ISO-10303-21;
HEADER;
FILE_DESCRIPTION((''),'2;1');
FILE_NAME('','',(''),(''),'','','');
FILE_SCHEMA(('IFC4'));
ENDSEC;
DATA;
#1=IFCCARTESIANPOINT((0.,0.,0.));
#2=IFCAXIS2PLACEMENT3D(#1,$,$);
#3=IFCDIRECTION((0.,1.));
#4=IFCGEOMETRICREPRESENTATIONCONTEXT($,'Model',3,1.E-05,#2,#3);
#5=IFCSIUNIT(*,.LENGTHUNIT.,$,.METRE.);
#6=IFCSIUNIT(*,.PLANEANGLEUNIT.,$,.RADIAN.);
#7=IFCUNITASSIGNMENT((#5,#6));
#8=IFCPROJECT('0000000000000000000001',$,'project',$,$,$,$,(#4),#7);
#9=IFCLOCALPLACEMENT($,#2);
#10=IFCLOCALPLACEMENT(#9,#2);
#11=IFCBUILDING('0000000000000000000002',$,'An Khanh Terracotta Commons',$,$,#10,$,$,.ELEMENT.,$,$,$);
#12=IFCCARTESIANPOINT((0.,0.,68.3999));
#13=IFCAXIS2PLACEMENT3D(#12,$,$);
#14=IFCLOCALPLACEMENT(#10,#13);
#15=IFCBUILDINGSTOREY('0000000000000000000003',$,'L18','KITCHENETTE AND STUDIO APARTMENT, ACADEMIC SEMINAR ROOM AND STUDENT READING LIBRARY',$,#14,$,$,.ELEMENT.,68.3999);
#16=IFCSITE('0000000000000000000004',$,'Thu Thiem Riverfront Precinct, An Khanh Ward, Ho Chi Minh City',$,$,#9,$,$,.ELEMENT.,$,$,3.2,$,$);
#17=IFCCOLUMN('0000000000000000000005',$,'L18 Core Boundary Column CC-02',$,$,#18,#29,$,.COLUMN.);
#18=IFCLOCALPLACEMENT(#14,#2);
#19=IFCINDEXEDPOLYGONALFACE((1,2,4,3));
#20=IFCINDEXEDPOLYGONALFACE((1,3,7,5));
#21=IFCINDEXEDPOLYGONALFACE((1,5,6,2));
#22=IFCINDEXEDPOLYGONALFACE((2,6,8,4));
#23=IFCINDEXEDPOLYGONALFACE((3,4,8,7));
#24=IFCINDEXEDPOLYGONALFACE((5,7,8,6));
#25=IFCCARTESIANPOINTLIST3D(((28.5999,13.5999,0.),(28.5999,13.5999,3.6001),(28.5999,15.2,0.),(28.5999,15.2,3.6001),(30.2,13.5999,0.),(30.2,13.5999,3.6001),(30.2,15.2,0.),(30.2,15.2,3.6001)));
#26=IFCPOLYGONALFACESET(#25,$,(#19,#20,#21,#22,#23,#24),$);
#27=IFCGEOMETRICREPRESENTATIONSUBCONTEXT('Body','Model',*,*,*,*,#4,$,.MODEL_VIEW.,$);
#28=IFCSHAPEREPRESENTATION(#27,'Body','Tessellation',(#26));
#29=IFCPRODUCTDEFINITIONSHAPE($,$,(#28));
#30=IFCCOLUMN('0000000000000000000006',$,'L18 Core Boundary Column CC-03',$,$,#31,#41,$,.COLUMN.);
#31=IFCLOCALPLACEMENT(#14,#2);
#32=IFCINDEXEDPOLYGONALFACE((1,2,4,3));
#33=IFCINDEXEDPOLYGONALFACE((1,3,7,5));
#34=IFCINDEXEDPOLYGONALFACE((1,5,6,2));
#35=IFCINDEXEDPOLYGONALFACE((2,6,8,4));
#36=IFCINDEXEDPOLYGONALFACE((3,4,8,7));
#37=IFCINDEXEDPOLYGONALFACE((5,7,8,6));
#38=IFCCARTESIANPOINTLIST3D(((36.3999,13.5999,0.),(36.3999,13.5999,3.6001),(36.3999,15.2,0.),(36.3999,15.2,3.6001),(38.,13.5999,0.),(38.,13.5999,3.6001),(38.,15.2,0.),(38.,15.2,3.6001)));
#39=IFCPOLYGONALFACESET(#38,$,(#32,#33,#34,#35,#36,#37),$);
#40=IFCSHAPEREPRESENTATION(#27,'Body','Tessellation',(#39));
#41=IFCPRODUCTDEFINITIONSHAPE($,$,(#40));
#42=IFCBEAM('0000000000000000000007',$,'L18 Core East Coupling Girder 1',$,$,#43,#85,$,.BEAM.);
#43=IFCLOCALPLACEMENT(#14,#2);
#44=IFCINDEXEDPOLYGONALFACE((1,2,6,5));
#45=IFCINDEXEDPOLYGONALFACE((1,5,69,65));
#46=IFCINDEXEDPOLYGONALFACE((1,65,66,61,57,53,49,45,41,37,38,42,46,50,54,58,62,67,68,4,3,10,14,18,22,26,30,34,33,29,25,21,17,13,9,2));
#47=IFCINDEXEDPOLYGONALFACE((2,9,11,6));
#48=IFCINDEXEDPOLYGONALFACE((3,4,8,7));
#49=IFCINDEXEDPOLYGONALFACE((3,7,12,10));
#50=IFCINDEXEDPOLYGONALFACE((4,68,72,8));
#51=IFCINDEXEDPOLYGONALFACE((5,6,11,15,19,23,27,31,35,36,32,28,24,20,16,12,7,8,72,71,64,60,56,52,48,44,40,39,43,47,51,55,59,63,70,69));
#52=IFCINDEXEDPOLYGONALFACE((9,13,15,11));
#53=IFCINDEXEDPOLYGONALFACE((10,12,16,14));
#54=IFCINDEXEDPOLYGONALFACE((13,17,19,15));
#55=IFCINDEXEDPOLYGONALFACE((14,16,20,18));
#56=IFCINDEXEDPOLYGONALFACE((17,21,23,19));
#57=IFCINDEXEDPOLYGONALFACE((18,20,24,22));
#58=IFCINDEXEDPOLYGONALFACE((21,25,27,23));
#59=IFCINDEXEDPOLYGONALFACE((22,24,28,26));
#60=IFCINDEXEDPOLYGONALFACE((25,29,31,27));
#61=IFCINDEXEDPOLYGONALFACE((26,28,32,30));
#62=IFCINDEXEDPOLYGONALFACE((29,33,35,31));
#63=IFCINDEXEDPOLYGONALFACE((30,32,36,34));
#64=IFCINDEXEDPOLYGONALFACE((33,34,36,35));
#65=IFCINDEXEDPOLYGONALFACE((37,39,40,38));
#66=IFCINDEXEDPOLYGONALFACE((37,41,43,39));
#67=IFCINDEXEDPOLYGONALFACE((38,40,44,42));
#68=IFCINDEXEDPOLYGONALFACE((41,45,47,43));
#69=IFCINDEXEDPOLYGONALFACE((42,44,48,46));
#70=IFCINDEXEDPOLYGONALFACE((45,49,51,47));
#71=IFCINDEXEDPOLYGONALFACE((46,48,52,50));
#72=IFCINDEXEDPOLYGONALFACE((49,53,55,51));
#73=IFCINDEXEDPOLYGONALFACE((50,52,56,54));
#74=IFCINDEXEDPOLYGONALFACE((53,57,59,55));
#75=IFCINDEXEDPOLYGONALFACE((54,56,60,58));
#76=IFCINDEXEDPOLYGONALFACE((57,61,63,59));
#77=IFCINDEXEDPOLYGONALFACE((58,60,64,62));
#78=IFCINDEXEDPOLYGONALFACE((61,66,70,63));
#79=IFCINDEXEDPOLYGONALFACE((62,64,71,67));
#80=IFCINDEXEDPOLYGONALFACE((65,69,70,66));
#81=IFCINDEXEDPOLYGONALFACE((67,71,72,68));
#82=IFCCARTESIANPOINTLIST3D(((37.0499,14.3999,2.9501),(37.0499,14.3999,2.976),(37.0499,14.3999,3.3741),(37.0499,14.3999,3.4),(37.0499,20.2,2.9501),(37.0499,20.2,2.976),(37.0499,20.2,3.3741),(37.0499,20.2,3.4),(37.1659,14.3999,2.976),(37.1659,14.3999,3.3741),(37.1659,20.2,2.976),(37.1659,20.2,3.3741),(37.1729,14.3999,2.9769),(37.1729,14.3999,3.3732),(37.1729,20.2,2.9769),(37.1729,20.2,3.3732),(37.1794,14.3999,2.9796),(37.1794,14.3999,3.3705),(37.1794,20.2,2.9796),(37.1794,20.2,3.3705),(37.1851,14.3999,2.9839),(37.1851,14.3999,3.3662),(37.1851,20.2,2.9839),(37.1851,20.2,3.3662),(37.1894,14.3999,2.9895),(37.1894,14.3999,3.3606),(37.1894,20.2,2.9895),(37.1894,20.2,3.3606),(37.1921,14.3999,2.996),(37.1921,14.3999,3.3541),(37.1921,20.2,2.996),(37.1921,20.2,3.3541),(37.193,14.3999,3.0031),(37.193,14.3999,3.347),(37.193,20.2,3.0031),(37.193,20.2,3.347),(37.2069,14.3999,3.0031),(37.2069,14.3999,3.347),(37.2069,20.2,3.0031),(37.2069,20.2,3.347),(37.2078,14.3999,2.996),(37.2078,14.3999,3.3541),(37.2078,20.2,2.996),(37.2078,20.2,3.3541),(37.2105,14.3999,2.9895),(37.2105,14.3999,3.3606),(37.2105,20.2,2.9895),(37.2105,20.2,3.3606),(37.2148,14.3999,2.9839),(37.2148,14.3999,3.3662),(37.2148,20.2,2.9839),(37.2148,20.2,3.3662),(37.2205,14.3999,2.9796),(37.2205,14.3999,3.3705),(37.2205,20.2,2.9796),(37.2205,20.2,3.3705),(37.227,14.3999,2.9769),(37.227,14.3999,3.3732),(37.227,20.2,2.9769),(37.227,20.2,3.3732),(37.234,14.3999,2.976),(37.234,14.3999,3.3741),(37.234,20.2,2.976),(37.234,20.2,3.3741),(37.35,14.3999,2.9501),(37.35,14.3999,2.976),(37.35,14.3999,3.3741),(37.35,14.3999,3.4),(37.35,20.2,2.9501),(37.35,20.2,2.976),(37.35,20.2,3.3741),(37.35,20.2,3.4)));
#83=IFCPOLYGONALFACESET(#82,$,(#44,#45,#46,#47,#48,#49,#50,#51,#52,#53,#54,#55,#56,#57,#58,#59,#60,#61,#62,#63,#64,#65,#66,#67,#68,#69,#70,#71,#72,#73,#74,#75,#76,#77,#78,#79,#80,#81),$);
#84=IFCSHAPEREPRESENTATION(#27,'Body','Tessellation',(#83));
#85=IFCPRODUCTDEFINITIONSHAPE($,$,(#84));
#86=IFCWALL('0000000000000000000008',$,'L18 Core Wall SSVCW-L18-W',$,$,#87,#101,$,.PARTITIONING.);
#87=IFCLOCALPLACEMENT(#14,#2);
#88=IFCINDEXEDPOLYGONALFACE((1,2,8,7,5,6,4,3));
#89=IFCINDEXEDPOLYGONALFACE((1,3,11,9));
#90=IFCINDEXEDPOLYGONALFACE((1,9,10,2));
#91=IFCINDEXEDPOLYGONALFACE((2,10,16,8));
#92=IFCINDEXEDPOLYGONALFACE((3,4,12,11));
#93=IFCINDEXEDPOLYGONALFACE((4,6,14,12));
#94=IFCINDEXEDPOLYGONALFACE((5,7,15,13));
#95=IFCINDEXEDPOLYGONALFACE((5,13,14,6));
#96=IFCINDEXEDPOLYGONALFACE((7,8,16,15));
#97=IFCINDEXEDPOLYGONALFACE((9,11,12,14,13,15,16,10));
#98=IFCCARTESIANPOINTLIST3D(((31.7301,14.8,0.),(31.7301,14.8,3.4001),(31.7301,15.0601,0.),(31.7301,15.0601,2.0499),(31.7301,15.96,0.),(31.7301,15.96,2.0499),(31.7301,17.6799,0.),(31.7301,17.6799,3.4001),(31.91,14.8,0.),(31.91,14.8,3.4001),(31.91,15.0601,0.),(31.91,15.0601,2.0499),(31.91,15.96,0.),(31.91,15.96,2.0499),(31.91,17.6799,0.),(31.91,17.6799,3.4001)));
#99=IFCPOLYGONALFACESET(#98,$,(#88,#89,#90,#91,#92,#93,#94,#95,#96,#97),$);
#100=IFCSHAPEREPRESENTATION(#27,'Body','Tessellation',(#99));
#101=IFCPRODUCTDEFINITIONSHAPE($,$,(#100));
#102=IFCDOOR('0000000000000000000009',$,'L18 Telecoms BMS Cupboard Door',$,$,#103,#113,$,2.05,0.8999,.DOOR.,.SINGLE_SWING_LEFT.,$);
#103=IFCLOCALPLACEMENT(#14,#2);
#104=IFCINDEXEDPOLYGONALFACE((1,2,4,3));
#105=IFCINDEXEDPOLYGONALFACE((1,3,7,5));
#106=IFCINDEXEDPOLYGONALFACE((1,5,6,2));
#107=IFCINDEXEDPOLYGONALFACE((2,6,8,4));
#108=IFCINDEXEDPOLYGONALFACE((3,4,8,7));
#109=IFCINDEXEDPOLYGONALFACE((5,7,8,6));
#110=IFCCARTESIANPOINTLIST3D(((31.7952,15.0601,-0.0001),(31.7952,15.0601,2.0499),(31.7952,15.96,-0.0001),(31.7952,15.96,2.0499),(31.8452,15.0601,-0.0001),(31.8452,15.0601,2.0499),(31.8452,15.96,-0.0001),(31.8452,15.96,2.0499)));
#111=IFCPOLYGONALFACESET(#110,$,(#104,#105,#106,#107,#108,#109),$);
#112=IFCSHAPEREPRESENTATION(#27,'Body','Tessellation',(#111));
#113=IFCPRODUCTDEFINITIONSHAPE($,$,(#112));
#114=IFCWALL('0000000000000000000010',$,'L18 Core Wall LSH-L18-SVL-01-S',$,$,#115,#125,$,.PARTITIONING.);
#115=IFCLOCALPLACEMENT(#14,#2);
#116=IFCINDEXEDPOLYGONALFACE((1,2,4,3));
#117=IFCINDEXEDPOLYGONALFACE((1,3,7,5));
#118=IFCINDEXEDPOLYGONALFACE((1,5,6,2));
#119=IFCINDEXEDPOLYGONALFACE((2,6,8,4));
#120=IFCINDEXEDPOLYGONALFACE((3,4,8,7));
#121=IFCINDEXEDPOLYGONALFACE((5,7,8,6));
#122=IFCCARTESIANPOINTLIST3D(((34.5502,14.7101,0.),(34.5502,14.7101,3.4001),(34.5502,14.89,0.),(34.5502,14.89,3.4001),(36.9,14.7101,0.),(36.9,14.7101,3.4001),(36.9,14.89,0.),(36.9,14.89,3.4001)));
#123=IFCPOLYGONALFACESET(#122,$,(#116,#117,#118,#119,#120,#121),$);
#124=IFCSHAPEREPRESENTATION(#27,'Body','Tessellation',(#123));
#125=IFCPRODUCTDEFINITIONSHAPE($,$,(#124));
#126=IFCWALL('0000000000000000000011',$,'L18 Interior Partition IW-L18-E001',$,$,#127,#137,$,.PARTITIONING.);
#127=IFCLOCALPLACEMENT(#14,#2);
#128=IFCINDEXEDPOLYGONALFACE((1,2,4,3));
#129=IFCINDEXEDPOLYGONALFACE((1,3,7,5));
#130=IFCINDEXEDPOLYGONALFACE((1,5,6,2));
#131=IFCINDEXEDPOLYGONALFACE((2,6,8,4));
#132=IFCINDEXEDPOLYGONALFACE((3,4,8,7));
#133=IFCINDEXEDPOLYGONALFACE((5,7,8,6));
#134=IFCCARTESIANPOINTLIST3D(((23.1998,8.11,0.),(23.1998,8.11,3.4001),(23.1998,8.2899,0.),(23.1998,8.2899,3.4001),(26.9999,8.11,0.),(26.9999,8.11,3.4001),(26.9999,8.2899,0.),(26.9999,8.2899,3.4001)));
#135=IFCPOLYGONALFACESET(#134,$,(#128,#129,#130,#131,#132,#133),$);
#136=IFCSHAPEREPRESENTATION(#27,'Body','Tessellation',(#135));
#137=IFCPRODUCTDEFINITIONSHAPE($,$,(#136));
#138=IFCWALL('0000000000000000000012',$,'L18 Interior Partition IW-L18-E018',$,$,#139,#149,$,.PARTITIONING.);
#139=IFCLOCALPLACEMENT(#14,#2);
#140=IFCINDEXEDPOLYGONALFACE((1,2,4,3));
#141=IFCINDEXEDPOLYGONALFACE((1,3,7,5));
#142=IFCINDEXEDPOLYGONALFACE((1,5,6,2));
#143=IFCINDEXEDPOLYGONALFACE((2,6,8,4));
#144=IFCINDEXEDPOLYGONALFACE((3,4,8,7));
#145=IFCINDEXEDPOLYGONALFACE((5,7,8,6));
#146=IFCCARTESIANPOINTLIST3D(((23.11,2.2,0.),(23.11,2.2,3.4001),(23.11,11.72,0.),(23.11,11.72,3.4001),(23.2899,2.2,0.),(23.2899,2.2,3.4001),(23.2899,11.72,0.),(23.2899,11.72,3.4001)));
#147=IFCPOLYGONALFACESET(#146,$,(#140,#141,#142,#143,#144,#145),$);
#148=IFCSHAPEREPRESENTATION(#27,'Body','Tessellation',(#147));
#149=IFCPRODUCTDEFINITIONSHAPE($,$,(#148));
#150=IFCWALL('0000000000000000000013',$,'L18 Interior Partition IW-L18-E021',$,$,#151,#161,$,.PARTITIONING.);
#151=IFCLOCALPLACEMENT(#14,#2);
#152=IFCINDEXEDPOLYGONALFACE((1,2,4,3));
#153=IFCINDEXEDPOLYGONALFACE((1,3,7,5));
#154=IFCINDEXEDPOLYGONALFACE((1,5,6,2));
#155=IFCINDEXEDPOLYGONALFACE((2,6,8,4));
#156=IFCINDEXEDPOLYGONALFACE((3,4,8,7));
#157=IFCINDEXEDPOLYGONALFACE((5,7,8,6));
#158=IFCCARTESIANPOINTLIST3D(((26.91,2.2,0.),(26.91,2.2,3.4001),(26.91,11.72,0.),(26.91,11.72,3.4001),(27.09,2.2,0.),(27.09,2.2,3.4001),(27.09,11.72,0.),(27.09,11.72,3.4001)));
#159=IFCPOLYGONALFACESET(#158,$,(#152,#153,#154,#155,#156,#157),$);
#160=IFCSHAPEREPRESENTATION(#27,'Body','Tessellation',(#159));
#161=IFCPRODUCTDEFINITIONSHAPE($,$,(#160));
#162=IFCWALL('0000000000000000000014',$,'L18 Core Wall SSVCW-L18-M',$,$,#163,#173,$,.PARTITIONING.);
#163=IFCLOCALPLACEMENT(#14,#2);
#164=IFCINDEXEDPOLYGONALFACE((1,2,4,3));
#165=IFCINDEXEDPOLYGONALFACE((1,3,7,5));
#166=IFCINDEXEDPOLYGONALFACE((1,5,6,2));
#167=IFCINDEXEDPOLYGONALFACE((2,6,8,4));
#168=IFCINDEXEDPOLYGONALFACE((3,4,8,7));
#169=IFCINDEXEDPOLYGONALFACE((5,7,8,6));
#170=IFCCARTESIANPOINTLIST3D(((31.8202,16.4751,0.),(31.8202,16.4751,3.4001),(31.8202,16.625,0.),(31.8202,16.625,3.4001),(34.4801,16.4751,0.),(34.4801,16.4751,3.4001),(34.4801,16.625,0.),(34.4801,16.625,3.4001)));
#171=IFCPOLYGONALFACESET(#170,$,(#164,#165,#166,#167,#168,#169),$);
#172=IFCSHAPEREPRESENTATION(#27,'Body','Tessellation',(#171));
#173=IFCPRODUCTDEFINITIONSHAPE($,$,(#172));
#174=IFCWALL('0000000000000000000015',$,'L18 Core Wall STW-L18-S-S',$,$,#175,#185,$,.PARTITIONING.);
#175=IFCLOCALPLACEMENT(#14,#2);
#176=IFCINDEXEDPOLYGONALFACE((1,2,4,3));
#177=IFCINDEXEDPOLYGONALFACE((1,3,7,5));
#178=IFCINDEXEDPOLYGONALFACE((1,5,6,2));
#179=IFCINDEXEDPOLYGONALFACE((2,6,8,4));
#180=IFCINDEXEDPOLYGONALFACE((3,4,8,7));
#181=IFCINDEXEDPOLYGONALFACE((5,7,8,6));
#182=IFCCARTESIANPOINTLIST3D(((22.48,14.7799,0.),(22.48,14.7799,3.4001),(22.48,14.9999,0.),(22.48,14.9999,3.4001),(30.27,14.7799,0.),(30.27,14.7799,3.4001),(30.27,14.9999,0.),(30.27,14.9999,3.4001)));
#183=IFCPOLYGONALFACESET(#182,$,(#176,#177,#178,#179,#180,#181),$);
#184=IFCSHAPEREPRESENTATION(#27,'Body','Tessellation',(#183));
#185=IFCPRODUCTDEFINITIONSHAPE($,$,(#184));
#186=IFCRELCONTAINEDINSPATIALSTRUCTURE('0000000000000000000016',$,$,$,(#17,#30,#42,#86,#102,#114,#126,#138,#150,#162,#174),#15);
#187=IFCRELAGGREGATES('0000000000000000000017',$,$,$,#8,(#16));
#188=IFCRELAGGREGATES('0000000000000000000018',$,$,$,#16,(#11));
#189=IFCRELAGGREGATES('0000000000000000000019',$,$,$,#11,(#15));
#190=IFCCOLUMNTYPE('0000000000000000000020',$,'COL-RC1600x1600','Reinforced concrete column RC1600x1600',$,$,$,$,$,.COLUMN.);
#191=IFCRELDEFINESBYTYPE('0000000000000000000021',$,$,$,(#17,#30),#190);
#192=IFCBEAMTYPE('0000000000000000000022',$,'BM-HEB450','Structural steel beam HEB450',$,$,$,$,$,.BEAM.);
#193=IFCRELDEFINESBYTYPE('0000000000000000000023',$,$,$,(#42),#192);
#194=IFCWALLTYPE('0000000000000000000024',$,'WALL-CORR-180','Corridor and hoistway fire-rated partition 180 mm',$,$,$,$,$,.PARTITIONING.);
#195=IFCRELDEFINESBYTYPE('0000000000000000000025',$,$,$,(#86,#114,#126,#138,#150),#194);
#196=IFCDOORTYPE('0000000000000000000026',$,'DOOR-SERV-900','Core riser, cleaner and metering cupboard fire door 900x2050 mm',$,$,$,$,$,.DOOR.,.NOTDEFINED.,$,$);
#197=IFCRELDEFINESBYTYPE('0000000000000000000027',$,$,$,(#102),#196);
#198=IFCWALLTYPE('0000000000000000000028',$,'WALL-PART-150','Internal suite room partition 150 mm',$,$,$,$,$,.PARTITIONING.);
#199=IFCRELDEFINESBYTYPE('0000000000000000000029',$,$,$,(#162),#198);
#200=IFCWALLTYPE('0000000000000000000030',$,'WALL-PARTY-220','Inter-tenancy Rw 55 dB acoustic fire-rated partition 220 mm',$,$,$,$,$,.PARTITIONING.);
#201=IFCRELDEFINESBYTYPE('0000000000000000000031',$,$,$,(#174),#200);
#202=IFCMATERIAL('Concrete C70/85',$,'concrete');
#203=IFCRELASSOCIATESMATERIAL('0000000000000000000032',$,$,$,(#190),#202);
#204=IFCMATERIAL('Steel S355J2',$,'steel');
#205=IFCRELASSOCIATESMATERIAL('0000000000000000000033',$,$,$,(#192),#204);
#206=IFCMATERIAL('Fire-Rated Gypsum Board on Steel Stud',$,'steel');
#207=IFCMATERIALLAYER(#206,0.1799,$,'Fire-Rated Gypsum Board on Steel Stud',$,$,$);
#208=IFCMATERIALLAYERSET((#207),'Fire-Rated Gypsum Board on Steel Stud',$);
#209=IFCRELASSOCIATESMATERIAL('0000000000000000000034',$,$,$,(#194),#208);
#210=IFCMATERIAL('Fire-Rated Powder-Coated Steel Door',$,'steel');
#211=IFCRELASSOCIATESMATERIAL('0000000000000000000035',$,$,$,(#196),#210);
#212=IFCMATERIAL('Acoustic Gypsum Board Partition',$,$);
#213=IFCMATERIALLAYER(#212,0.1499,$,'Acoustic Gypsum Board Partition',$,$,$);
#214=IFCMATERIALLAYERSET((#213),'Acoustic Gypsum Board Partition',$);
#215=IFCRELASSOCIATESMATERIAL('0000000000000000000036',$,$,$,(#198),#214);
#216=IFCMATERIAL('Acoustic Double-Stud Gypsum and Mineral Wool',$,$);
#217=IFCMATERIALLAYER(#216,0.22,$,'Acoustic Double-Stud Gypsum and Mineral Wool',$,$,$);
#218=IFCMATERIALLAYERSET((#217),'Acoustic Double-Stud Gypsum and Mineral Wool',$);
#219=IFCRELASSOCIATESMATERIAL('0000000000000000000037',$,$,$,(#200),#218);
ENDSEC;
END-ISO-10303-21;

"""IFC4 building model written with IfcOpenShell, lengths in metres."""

from ifc_helpers import new_model, si_unit, direction, frame, frame_2d, origin, origin_2d, place, context, subcontext, project, spatial, rectangle, i_section, extrude, material, layer, layer_set, material_profile, profile_set, type_object, element, fill, save


model = new_model("IFC4")

# Units and contexts
model_context = context("Model", 3, precision=1e-05, world=origin(), true_north=direction((0.0, 1.0)))
body_context = subcontext(model_context, "Body", "Model", "MODEL_VIEW")
ifc_project = project(units=[si_unit("LENGTHUNIT", "METRE"), si_unit("PLANEANGLEUNIT", "RADIAN")], contexts=[model_context])

# Site, building, storey
site_placement = place(None, origin())
site = spatial("IfcSite", under=ifc_project, at=site_placement, Name="Thu Thiem Riverfront Precinct, An Khanh Ward, Ho Chi Minh City", CompositionType="ELEMENT", RefElevation=3.2)
building_placement = place(site_placement, origin())
building = spatial("IfcBuilding", under=site, at=building_placement, Name="An Khanh Terracotta Commons", CompositionType="ELEMENT")
storey_placement = place(building_placement, frame((0.0, 0.0, 68.3999)))
storey = spatial("IfcBuildingStorey", under=building, at=storey_placement, Name="L18", Description="KITCHENETTE AND STUDIO APARTMENT, ACADEMIC SEMINAR ROOM AND STUDENT READING LIBRARY", CompositionType="ELEMENT", Elevation=68.3999)

# Columns
ifc_material_1 = material(Name="Concrete C70/85", Category="concrete")
ifc_material_profile_1 = material_profile(ifc_material_1, rectangle(XDim=1.6001, YDim=1.6001, at=origin_2d()), Name="RC1600x1600")
ifc_profile_set_1 = profile_set([ifc_material_profile_1], Name="Concrete C70/85")
column_type = type_object("IfcColumnType", Name="COL-RC1600x1600", Description="Reinforced concrete column RC1600x1600", PredefinedType="COLUMN", material=ifc_profile_set_1)
for number, where, z_axis, x_axis, name in (
    (1, (29.3999, 14.3999, 0.0), (0.0, 0.0, 1.0), (1.0, 0.0, 0.0), "L18 Core Boundary Column CC-02"),
    (2, (37.2, 14.3999, 0.0), (0.0, 0.0, 1.0), (1.0, 0.0, 0.0), "L18 Core Boundary Column CC-03"),
):
    element("IfcColumn", number, at=place(storey_placement, frame(where, z_axis=z_axis, x_axis=x_axis)), inside=storey, type_object=column_type, Name=name, PredefinedType="COLUMN", context=body_context, shape_type="SweptSolid", body=[
        extrude(rectangle(XDim=1.6001, YDim=1.6001, at=origin_2d()), origin(), (0.0, 0.0, 1.0), 3.6001),
    ])

# Beam
ifc_material_2 = material(Name="Steel S355J2", Category="steel")
ifc_material_profile_2 = material_profile(ifc_material_2, i_section(OverallWidth=0.3, OverallDepth=0.45, WebThickness=0.0139, FlangeThickness=0.0259, FilletRadius=0.0271, at=origin_2d()), Name="HEB450")
ifc_profile_set_2 = profile_set([ifc_material_profile_2], Name="Steel S355J2")
beam_type = type_object("IfcBeamType", Name="BM-HEB450", Description="Structural steel beam HEB450", PredefinedType="BEAM", material=ifc_profile_set_2)
beam_placement = place(storey_placement, frame((37.2, 14.3999, 3.175), z_axis=(0.0, 1.0, 0.0), x_axis=(-1.0, 0.0, 0.0)))
element("IfcBeam", 3, at=beam_placement, inside=storey, type_object=beam_type, Name="L18 Core East Coupling Girder 1", PredefinedType="BEAM", context=body_context, shape_type="SweptSolid", body=[
    extrude(i_section(OverallWidth=0.3, OverallDepth=0.45, WebThickness=0.0139, FlangeThickness=0.0259, FilletRadius=0.0271, at=origin_2d()), origin(), (0.0, 0.0, 1.0), 5.8),
])

# Wall, opening, door
ifc_material_3 = material(Name="Fire-Rated Gypsum Board on Steel Stud", Category="steel")
ifc_layer_1 = layer(ifc_material_3, 0.1799, Name="Fire-Rated Gypsum Board on Steel Stud")
ifc_layer_set_1 = layer_set([ifc_layer_1], Name="Fire-Rated Gypsum Board on Steel Stud")
wall_type_1 = type_object("IfcWallType", Name="WALL-CORR-180", Description="Corridor and hoistway fire-rated partition 180 mm", PredefinedType="PARTITIONING", material=ifc_layer_set_1)
wall_1_placement = place(storey_placement, frame((31.8201, 14.8, 0.0), z_axis=(0.0, 0.0, 1.0), x_axis=(0.0, 1.0, 0.0)))
wall_1 = element("IfcWall", 4, at=wall_1_placement, inside=storey, type_object=wall_type_1, Name="L18 Core Wall SSVCW-L18-W", PredefinedType="PARTITIONING", context=body_context, shape_type="SweptSolid", body=[
    extrude(rectangle(XDim=2.8799, YDim=0.1799, at=frame_2d((1.4399, 0.0))), origin(), (0.0, 0.0, 1.0), 3.4001),
])
opening_1_placement = place(wall_1_placement, frame((0.26, 0.0, 0.0)))
opening_1 = element("IfcOpeningElement", 5, at=opening_1_placement, cuts=wall_1, PredefinedType="OPENING", context=body_context, shape_type="SweptSolid", body=[
    extrude(rectangle(XDim=0.8999, YDim=2.05, at=frame_2d((0.45, 1.0249))), frame((0.0, 0.0999, 0.0), z_axis=(0.0, -1.0, 0.0), x_axis=(1.0, 0.0, 0.0)), (0.0, 0.0, 1.0), 0.2),
])
ifc_material_4 = material(Name="Fire-Rated Powder-Coated Steel Door", Category="steel")
door_type_1 = type_object("IfcDoorType", Name="DOOR-SERV-900", Description="Core riser, cleaner and metering cupboard fire door 900x2050 mm", OperationType="NOTDEFINED", PredefinedType="DOOR", material=ifc_material_4)
door_1_placement = place(opening_1_placement, origin())
door_1 = element("IfcDoor", 6, at=door_1_placement, inside=storey, type_object=door_type_1, Name="L18 Telecoms BMS Cupboard Door", OperationType="SINGLE_SWING_LEFT", OverallHeight=2.05, OverallWidth=0.8999, PredefinedType="DOOR", context=body_context, shape_type="SweptSolid", body=[
    extrude(rectangle(XDim=0.8999, YDim=2.05, at=frame_2d((0.45, 1.0249))), frame((0.0, 0.0249, 0.0), z_axis=(0.0, -1.0, 0.0), x_axis=(1.0, 0.0, 0.0)), (0.0, 0.0, 1.0), 0.05),
])
fill(opening_1, door_1)

# Walls
wall_2_placement = place(storey_placement, frame((36.8999, 14.8, 0.0), z_axis=(0.0, 0.0, 1.0), x_axis=(-1.0, 0.0, 0.0)))
element("IfcWall", 7, at=wall_2_placement, inside=storey, type_object=wall_type_1, Name="L18 Core Wall LSH-L18-SVL-01-S", PredefinedType="PARTITIONING", context=body_context, shape_type="SweptSolid", body=[
    extrude(rectangle(XDim=2.3499, YDim=0.1799, at=frame_2d((1.1748, 0.0))), origin(), (0.0, 0.0, 1.0), 3.4001),
])
wall_3_placement = place(storey_placement, frame((23.2, 8.2, 0.0), z_axis=(0.0, 0.0, 1.0), x_axis=(1.0, 0.0, 0.0)))
element("IfcWall", 8, at=wall_3_placement, inside=storey, type_object=wall_type_1, Name="L18 Interior Partition IW-L18-E001", PredefinedType="PARTITIONING", context=body_context, shape_type="SweptSolid", body=[
    extrude(rectangle(XDim=3.8, YDim=0.1799, at=frame_2d((1.8999, 0.0))), origin(), (0.0, 0.0, 1.0), 3.4001),
])
for number, where, z_axis, x_axis, name in (
    (9, (23.2, 2.2, 0.0), (0.0, 0.0, 1.0), (0.0, 1.0, 0.0), "L18 Interior Partition IW-L18-E018"),
    (10, (27.0, 2.2, 0.0), (0.0, 0.0, 1.0), (0.0, 1.0, 0.0), "L18 Interior Partition IW-L18-E021"),
):
    element("IfcWall", number, at=place(storey_placement, frame(where, z_axis=z_axis, x_axis=x_axis)), inside=storey, type_object=wall_type_1, Name=name, PredefinedType="PARTITIONING", context=body_context, shape_type="SweptSolid", body=[
        extrude(rectangle(XDim=9.52, YDim=0.1799, at=frame_2d((4.76, 0.0))), origin(), (0.0, 0.0, 1.0), 3.4001),
    ])
ifc_material_5 = material(Name="Acoustic Gypsum Board Partition")
ifc_layer_2 = layer(ifc_material_5, 0.1499, Name="Acoustic Gypsum Board Partition")
ifc_layer_set_2 = layer_set([ifc_layer_2], Name="Acoustic Gypsum Board Partition")
wall_type_2 = type_object("IfcWallType", Name="WALL-PART-150", Description="Internal suite room partition 150 mm", PredefinedType="PARTITIONING", material=ifc_layer_set_2)
wall_4_placement = place(storey_placement, frame((31.8201, 16.55, 0.0), z_axis=(0.0, 0.0, 1.0), x_axis=(1.0, 0.0, 0.0)))
element("IfcWall", 11, at=wall_4_placement, inside=storey, type_object=wall_type_2, Name="L18 Core Wall SSVCW-L18-M", PredefinedType="PARTITIONING", context=body_context, shape_type="SweptSolid", body=[
    extrude(rectangle(XDim=2.6599, YDim=0.1499, at=frame_2d((1.3301, 0.0))), origin(), (0.0, 0.0, 1.0), 3.4001),
])
ifc_material_6 = material(Name="Acoustic Double-Stud Gypsum and Mineral Wool")
ifc_layer_3 = layer(ifc_material_6, 0.22, Name="Acoustic Double-Stud Gypsum and Mineral Wool")
ifc_layer_set_3 = layer_set([ifc_layer_3], Name="Acoustic Double-Stud Gypsum and Mineral Wool")
wall_type_3 = type_object("IfcWallType", Name="WALL-PARTY-220", Description="Inter-tenancy Rw 55 dB acoustic fire-rated partition 220 mm", PredefinedType="PARTITIONING", material=ifc_layer_set_3)
wall_5_placement = place(storey_placement, frame((22.48, 14.8899, 0.0), z_axis=(0.0, 0.0, 1.0), x_axis=(1.0, 0.0, 0.0)))
element("IfcWall", 12, at=wall_5_placement, inside=storey, type_object=wall_type_3, Name="L18 Core Wall STW-L18-S-S", PredefinedType="PARTITIONING", context=body_context, shape_type="SweptSolid", body=[
    extrude(rectangle(XDim=7.79, YDim=0.22, at=frame_2d((3.895, 0.0))), origin(), (0.0, 0.0, 1.0), 3.4001),
])

save(model, "model.ifc")
